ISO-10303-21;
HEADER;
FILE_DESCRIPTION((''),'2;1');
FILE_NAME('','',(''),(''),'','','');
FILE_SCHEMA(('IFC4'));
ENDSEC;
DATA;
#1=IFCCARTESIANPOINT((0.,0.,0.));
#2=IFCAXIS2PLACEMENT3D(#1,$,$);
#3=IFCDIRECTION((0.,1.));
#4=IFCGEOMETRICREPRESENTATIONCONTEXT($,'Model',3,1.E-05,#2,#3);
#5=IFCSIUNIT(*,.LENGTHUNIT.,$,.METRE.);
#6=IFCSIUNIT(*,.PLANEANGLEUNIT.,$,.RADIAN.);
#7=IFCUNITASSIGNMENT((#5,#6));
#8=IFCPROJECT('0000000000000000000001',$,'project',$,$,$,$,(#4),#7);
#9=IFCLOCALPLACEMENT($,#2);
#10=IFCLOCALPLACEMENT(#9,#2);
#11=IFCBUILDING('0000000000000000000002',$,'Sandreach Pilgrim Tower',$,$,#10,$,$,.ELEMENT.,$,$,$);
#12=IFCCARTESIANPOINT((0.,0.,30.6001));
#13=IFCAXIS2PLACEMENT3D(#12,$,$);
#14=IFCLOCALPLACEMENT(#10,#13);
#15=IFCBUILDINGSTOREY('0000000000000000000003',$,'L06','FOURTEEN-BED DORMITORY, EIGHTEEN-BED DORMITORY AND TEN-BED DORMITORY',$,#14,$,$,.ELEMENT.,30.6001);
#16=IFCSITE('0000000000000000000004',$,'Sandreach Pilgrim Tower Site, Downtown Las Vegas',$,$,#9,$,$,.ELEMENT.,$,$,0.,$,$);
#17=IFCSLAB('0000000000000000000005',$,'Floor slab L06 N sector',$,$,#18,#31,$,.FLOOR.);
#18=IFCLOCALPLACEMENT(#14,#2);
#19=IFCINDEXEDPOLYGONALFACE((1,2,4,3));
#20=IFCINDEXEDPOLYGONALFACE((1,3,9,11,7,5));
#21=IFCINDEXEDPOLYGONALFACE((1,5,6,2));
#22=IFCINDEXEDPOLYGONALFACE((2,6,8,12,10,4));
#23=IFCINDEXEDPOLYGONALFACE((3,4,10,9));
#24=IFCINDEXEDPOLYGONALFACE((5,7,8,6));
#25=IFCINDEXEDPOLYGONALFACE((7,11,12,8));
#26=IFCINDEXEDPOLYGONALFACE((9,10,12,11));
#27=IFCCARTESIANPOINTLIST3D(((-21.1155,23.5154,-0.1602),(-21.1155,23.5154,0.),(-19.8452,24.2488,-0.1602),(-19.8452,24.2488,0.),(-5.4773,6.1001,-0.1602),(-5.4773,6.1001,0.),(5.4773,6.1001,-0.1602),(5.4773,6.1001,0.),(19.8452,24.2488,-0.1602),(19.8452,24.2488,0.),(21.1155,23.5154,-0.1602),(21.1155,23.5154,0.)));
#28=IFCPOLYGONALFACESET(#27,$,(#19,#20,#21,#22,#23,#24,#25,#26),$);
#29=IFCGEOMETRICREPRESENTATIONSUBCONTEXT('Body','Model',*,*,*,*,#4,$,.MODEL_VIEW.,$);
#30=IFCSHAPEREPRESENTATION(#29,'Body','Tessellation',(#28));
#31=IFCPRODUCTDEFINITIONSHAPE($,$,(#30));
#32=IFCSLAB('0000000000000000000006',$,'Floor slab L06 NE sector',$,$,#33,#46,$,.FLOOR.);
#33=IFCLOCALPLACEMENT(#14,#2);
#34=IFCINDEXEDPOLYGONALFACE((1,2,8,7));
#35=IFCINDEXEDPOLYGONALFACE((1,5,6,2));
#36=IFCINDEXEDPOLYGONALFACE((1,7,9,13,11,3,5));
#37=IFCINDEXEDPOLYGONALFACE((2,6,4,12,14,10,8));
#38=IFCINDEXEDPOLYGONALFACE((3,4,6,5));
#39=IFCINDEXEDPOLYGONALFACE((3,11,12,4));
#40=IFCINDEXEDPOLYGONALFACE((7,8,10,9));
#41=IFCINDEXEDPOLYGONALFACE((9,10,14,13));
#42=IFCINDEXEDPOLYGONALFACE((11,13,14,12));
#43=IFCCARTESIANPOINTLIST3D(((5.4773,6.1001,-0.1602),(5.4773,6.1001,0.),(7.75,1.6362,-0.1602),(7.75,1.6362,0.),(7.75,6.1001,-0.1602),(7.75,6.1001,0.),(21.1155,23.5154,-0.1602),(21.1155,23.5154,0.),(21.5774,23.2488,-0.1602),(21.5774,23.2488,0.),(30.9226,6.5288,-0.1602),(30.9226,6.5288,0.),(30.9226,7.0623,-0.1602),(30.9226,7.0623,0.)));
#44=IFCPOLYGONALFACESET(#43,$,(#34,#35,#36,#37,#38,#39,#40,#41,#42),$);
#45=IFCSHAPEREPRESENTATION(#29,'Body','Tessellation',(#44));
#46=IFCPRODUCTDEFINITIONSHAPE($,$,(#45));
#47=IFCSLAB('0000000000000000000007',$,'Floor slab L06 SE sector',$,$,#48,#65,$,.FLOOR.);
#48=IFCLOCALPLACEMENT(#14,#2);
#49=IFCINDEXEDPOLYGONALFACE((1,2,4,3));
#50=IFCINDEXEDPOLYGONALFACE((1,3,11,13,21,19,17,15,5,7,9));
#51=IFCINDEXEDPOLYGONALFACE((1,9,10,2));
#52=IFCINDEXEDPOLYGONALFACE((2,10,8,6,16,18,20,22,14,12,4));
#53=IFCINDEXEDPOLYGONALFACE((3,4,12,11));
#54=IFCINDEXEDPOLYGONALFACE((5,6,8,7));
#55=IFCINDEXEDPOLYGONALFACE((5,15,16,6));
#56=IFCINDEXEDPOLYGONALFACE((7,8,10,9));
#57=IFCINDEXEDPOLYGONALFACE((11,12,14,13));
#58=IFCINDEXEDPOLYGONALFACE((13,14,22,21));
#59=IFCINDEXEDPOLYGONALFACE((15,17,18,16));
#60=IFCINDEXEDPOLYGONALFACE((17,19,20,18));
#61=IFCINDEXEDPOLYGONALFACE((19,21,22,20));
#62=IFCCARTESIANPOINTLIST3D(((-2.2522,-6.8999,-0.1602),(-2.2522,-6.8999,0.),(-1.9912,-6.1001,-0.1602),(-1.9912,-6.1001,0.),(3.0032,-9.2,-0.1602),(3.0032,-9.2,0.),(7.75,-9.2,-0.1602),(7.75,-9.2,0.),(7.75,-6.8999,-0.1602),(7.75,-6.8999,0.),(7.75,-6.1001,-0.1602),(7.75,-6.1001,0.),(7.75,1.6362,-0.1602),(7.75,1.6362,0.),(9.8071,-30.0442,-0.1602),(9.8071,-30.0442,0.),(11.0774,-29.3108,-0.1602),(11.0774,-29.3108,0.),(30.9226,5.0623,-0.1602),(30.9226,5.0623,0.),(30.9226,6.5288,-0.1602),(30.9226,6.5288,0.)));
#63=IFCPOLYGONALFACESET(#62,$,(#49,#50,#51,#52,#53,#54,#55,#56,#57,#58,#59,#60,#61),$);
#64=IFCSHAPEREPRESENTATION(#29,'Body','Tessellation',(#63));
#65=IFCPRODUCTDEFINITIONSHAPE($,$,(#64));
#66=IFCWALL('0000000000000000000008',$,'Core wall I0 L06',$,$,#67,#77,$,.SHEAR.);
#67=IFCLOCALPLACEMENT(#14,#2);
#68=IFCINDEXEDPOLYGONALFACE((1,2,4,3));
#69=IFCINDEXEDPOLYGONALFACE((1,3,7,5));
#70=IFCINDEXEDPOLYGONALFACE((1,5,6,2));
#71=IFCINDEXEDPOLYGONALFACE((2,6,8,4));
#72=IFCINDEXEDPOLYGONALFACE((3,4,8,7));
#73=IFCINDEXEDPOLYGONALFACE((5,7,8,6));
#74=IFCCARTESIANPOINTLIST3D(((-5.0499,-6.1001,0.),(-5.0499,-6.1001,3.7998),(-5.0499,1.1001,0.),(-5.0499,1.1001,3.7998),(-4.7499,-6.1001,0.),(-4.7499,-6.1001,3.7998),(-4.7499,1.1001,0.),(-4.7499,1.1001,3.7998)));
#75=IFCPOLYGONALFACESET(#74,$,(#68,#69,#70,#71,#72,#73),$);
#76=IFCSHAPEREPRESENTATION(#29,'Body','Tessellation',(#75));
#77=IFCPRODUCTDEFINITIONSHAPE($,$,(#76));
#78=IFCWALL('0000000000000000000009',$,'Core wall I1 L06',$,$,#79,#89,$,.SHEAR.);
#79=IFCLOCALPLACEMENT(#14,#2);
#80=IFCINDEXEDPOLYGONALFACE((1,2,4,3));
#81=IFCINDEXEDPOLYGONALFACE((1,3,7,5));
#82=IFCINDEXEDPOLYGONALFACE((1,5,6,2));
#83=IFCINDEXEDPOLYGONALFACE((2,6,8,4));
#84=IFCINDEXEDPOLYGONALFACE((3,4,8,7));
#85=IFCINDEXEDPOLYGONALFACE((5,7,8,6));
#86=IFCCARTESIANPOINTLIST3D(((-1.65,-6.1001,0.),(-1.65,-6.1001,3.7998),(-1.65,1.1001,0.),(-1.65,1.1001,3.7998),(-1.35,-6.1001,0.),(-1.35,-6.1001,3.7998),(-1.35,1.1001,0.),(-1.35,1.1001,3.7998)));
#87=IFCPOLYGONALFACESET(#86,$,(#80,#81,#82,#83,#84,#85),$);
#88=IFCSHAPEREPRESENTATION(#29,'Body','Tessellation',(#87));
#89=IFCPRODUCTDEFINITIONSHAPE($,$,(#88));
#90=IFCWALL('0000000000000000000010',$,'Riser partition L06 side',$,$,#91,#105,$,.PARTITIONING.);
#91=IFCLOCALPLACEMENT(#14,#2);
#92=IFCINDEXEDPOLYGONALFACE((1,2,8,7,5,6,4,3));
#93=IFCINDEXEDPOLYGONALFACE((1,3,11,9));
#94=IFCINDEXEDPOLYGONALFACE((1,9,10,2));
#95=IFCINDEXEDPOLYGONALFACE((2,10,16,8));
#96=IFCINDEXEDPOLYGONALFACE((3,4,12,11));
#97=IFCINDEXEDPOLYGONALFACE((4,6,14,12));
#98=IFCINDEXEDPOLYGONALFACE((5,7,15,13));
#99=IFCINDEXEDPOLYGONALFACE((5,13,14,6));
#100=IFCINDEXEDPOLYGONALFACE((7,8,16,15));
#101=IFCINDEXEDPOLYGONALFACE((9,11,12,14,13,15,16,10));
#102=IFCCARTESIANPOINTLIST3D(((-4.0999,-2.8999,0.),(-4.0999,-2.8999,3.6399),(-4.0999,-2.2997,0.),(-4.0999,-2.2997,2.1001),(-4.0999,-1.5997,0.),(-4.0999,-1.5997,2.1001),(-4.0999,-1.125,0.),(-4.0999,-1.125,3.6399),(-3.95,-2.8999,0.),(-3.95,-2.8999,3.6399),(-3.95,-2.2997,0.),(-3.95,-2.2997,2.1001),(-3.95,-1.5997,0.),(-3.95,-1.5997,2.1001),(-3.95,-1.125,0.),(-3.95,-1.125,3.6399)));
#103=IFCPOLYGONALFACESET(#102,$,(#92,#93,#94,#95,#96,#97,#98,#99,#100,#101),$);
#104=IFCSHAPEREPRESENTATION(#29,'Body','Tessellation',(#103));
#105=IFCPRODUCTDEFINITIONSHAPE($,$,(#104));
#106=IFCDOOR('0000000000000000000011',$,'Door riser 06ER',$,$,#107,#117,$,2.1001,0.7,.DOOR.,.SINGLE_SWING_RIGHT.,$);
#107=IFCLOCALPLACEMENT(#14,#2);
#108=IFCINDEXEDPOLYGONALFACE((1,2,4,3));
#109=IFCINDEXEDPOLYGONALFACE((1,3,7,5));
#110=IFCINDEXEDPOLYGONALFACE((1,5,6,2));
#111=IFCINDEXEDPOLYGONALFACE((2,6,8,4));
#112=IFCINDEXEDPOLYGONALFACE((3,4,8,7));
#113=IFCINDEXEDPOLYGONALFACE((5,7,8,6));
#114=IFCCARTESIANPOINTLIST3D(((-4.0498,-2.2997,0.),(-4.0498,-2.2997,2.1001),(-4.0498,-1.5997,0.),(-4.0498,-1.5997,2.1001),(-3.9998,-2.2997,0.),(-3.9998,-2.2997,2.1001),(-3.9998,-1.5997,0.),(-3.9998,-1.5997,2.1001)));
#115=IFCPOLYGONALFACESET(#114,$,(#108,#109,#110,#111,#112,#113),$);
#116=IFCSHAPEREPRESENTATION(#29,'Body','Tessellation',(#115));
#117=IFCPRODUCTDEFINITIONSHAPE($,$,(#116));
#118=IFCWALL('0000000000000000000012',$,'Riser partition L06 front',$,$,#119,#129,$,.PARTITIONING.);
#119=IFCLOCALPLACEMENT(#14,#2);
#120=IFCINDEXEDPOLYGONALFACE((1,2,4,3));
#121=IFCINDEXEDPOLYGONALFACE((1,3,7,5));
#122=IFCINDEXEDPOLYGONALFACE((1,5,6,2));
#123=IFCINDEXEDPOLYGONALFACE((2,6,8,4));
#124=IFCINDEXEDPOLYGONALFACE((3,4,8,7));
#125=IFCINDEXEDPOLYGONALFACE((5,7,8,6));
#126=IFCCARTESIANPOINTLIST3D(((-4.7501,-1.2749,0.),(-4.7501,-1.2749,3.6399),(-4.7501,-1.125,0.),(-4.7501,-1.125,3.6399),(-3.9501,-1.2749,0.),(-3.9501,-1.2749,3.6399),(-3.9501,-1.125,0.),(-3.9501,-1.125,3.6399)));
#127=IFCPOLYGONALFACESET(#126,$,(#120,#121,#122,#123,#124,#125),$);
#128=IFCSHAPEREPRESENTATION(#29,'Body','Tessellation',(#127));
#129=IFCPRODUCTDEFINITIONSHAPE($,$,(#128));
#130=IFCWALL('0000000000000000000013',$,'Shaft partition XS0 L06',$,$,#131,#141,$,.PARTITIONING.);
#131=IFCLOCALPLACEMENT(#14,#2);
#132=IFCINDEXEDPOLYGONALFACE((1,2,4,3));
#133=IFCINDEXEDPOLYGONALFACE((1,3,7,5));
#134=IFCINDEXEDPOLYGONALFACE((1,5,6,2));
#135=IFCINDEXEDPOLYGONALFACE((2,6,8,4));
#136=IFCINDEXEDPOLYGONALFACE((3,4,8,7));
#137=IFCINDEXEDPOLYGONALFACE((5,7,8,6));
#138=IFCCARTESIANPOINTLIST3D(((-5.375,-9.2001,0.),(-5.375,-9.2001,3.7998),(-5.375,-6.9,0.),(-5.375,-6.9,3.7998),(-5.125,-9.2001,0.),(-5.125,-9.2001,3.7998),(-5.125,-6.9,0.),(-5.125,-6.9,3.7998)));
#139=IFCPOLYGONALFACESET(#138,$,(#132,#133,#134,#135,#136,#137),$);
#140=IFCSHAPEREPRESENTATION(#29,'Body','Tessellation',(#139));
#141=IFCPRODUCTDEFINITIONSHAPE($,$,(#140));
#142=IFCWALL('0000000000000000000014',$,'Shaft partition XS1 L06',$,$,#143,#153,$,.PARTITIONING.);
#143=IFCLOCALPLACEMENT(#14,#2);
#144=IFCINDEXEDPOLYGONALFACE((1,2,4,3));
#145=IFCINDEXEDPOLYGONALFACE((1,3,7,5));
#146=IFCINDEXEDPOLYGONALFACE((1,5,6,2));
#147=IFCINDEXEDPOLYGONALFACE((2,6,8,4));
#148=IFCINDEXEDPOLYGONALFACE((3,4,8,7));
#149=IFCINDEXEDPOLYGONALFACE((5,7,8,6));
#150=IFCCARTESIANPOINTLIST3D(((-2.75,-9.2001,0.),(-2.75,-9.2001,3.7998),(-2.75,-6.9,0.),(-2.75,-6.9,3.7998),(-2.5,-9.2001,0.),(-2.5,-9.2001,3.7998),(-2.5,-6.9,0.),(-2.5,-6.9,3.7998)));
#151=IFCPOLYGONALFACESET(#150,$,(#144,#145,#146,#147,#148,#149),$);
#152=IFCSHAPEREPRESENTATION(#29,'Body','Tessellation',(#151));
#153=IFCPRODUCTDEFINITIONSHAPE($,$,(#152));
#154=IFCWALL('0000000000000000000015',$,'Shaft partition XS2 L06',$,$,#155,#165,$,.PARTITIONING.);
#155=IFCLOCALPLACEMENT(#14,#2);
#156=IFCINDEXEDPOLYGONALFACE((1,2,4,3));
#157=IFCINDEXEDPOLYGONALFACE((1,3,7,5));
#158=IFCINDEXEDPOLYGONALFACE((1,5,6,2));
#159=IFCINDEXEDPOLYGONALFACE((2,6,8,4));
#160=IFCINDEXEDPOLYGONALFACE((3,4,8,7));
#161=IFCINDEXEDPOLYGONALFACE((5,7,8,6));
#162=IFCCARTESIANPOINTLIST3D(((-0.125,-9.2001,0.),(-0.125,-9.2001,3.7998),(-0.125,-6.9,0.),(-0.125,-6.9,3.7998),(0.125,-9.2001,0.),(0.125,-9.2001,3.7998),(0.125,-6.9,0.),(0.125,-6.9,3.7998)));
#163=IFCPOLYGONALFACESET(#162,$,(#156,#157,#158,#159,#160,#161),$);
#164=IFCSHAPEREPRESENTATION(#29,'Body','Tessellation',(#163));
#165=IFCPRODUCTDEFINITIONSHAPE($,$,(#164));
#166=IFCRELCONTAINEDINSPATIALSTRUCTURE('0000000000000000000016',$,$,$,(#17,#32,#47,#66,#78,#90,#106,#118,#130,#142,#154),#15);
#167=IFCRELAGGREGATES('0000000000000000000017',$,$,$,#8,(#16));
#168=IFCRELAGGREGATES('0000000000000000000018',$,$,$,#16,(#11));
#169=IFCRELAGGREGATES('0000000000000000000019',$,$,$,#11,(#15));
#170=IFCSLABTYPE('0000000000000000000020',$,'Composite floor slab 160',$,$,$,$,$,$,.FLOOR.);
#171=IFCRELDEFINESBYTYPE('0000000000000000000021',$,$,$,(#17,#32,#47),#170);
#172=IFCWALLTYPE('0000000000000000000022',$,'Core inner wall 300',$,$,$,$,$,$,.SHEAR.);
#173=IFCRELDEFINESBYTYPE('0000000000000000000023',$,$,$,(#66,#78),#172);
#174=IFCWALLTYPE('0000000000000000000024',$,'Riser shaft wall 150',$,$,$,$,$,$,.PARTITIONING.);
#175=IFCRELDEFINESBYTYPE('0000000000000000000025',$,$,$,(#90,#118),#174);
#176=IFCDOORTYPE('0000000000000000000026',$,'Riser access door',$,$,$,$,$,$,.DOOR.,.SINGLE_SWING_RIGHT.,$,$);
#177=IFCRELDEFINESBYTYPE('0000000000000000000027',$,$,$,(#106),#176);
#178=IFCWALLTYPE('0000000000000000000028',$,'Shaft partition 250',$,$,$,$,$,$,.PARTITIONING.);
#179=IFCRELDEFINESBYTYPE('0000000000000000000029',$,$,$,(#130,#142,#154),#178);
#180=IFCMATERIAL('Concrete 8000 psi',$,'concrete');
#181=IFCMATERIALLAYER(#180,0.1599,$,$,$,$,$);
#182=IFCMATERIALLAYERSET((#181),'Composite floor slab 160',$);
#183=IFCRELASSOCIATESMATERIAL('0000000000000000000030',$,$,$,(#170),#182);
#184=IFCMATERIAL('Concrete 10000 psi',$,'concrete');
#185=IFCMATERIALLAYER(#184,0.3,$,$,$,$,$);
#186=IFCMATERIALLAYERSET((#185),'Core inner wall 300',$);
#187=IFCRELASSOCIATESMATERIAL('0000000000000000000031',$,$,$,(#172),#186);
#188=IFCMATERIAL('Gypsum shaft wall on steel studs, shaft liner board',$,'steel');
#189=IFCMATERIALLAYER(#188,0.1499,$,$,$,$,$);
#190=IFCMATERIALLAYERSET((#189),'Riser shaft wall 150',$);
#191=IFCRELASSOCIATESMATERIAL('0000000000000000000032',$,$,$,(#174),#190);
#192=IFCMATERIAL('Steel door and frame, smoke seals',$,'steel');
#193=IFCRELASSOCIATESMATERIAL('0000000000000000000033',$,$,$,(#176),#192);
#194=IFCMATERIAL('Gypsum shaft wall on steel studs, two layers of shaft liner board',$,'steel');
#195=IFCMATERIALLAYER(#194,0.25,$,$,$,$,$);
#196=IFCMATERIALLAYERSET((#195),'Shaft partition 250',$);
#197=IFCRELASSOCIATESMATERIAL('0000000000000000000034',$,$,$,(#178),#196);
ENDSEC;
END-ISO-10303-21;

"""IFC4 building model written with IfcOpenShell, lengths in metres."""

from ifc_helpers import new_model, si_unit, direction, frame, frame_2d, origin, place, context, subcontext, project, spatial, polyline, rectangle, outline, extrude, material, layer, layer_set, type_object, element, fill, save


model = new_model("IFC4")

# Units and contexts
model_context = context("Model", 3, precision=1e-05, world=origin(), true_north=direction((0.0, 1.0)))
body_context = subcontext(model_context, "Body", "Model", "MODEL_VIEW")
ifc_project = project(units=[si_unit("LENGTHUNIT", "METRE"), si_unit("PLANEANGLEUNIT", "RADIAN")], contexts=[model_context])

# Site, building, storey
site_placement = place(None, origin())
site = spatial("IfcSite", under=ifc_project, at=site_placement, Name="Sandreach Pilgrim Tower Site, Downtown Las Vegas", CompositionType="ELEMENT", RefElevation=0.0)
building_placement = place(site_placement, origin())
building = spatial("IfcBuilding", under=site, at=building_placement, Name="Sandreach Pilgrim Tower", CompositionType="ELEMENT")
storey_placement = place(building_placement, frame((0.0, 0.0, 30.6001)))
storey = spatial("IfcBuildingStorey", under=building, at=storey_placement, Name="L06", Description="FOURTEEN-BED DORMITORY, EIGHTEEN-BED DORMITORY AND TEN-BED DORMITORY", CompositionType="ELEMENT", Elevation=30.6001)

# Slabs
ifc_material_1 = material(Name="Concrete 8000 psi", Category="concrete")
ifc_layer_1 = layer(ifc_material_1, 0.1599)
ifc_layer_set_1 = layer_set([ifc_layer_1], Name="Composite floor slab 160")
slab_type = type_object("IfcSlabType", Name="Composite floor slab 160", PredefinedType="FLOOR", material=ifc_layer_set_1)
slab_1_placement = place(storey_placement, frame((0.0, 0.0, -0.1602)))
element("IfcSlab", 1, at=slab_1_placement, inside=storey, type_object=slab_type, Name="Floor slab L06 N sector", PredefinedType="FLOOR", context=body_context, shape_type="SweptSolid", body=[
    extrude(outline(polyline([(-19.8452, 24.2488), (19.8452, 24.2488), (21.1155, 23.5154), (5.4773, 6.1001), (-5.4773, 6.1001), (-21.1155, 23.5154), (-19.8452, 24.2488)])), origin(), (0.0, 0.0, 1.0), 0.1602),
])
slab_2_placement = place(storey_placement, frame((0.0, 0.0, -0.1602)))
element("IfcSlab", 2, at=slab_2_placement, inside=storey, type_object=slab_type, Name="Floor slab L06 NE sector", PredefinedType="FLOOR", context=body_context, shape_type="SweptSolid", body=[
    extrude(outline(polyline([(21.5774, 23.2488), (30.9226, 7.0623), (30.9226, 6.5288), (7.75, 1.6362), (7.75, 6.1001), (5.4773, 6.1001), (21.1155, 23.5154), (21.5774, 23.2488)])), origin(), (0.0, 0.0, 1.0), 0.1602),
])
slab_3_placement = place(storey_placement, frame((0.0, 0.0, -0.1602)))
element("IfcSlab", 3, at=slab_3_placement, inside=storey, type_object=slab_type, Name="Floor slab L06 SE sector", PredefinedType="FLOOR", context=body_context, shape_type="SweptSolid", body=[
    extrude(outline(polyline([(11.0774, -29.3108), (9.8071, -30.0442), (3.0032, -9.2), (7.75, -9.2), (7.75, -6.8999), (-2.2522, -6.8999), (-1.9912, -6.1001), (7.75, -6.1001), (7.75, 1.6362), (30.9226, 6.5288), (30.9226, 5.0623), (11.0774, -29.3108)])), origin(), (0.0, 0.0, 1.0), 0.1602),
])

# Walls
ifc_material_2 = material(Name="Concrete 10000 psi", Category="concrete")
ifc_layer_2 = layer(ifc_material_2, 0.3)
ifc_layer_set_2 = layer_set([ifc_layer_2], Name="Core inner wall 300")
wall_type_1 = type_object("IfcWallType", Name="Core inner wall 300", PredefinedType="SHEAR", material=ifc_layer_set_2)
for number, where, z_axis, x_axis, name in (
    (4, (-4.8999, -6.1001, 0.0), (0.0, 0.0, 1.0), (0.0, 1.0, 0.0), "Core wall I0 L06"),
    (5, (-1.5, -6.1001, 0.0), (0.0, 0.0, 1.0), (0.0, 1.0, 0.0), "Core wall I1 L06"),
):
    element("IfcWall", number, at=place(storey_placement, frame(where, z_axis=z_axis, x_axis=x_axis)), inside=storey, type_object=wall_type_1, Name=name, PredefinedType="SHEAR", context=body_context, shape_type="SweptSolid", body=[
        extrude(rectangle(XDim=7.2002, YDim=0.3, at=frame_2d((3.6001, 0.0))), origin(), (0.0, 0.0, 1.0), 3.7998),
    ])

# Wall, opening, door
ifc_material_3 = material(Name="Gypsum shaft wall on steel studs, shaft liner board", Category="steel")
ifc_layer_3 = layer(ifc_material_3, 0.1499)
ifc_layer_set_3 = layer_set([ifc_layer_3], Name="Riser shaft wall 150")
wall_type_2 = type_object("IfcWallType", Name="Riser shaft wall 150", PredefinedType="PARTITIONING", material=ifc_layer_set_3)
wall_1_placement = place(storey_placement, frame((-4.0249, -2.8999, 0.0), z_axis=(0.0, 0.0, 1.0), x_axis=(0.0, 1.0, 0.0)))
wall_1 = element("IfcWall", 6, at=wall_1_placement, inside=storey, type_object=wall_type_2, Name="Riser partition L06 side", PredefinedType="PARTITIONING", context=body_context, shape_type="SweptSolid", body=[
    extrude(rectangle(XDim=1.7749, YDim=0.1499, at=frame_2d((0.8875, 0.0))), origin(), (0.0, 0.0, 1.0), 3.6399),
])
opening_1_placement = place(wall_1_placement, frame((0.6001, 0.0, 0.0)))
opening_1 = element("IfcOpeningElement", 7, at=opening_1_placement, cuts=wall_1, PredefinedType="OPENING", context=body_context, shape_type="SweptSolid", body=[
    extrude(rectangle(XDim=0.7, YDim=2.1001, at=frame_2d((0.3501, 1.05))), frame((0.0, 0.075, 0.0), z_axis=(0.0, -1.0, 0.0), x_axis=(1.0, 0.0, 0.0)), (0.0, 0.0, 1.0), 0.1499),
])
ifc_material_4 = material(Name="Steel door and frame, smoke seals", Category="steel")
door_type_1 = type_object("IfcDoorType", Name="Riser access door", OperationType="SINGLE_SWING_RIGHT", PredefinedType="DOOR", material=ifc_material_4)
door_1_placement = place(opening_1_placement, origin())
door_1 = element("IfcDoor", 8, at=door_1_placement, inside=storey, type_object=door_type_1, Name="Door riser 06ER", OperationType="SINGLE_SWING_RIGHT", OverallHeight=2.1001, OverallWidth=0.7, PredefinedType="DOOR", context=body_context, shape_type="SweptSolid", body=[
    extrude(rectangle(XDim=0.7, YDim=2.1001, at=frame_2d((0.3501, 1.05))), frame((0.0, 0.0249, 0.0), z_axis=(0.0, -1.0, 0.0), x_axis=(1.0, 0.0, 0.0)), (0.0, 0.0, 1.0), 0.05),
])
fill(opening_1, door_1)

# Walls
wall_2_placement = place(storey_placement, frame((-4.75, -1.2, 0.0), z_axis=(0.0, 0.0, 1.0), x_axis=(1.0, 0.0, 0.0)))
element("IfcWall", 9, at=wall_2_placement, inside=storey, type_object=wall_type_2, Name="Riser partition L06 front", PredefinedType="PARTITIONING", context=body_context, shape_type="SweptSolid", body=[
    extrude(rectangle(XDim=0.8, YDim=0.1499, at=frame_2d((0.3999, 0.0))), origin(), (0.0, 0.0, 1.0), 3.6399),
])
ifc_material_5 = material(Name="Gypsum shaft wall on steel studs, two layers of shaft liner board", Category="steel")
ifc_layer_4 = layer(ifc_material_5, 0.25)
ifc_layer_set_4 = layer_set([ifc_layer_4], Name="Shaft partition 250")
wall_type_3 = type_object("IfcWallType", Name="Shaft partition 250", PredefinedType="PARTITIONING", material=ifc_layer_set_4)
for number, where, z_axis, x_axis, name in (
    (10, (-5.25, -9.2, 0.0), (0.0, 0.0, 1.0), (0.0, 1.0, 0.0), "Shaft partition XS0 L06"),
    (11, (-2.625, -9.2, 0.0), (0.0, 0.0, 1.0), (0.0, 1.0, 0.0), "Shaft partition XS1 L06"),
    (12, (0.0, -9.2, 0.0), (0.0, 0.0, 1.0), (0.0, 1.0, 0.0), "Shaft partition XS2 L06"),
):
    element("IfcWall", number, at=place(storey_placement, frame(where, z_axis=z_axis, x_axis=x_axis)), inside=storey, type_object=wall_type_3, Name=name, PredefinedType="PARTITIONING", context=body_context, shape_type="SweptSolid", body=[
        extrude(rectangle(XDim=2.3, YDim=0.25, at=frame_2d((1.1499, 0.0))), origin(), (0.0, 0.0, 1.0), 3.7998),
    ])

save(model, "model.ifc")
